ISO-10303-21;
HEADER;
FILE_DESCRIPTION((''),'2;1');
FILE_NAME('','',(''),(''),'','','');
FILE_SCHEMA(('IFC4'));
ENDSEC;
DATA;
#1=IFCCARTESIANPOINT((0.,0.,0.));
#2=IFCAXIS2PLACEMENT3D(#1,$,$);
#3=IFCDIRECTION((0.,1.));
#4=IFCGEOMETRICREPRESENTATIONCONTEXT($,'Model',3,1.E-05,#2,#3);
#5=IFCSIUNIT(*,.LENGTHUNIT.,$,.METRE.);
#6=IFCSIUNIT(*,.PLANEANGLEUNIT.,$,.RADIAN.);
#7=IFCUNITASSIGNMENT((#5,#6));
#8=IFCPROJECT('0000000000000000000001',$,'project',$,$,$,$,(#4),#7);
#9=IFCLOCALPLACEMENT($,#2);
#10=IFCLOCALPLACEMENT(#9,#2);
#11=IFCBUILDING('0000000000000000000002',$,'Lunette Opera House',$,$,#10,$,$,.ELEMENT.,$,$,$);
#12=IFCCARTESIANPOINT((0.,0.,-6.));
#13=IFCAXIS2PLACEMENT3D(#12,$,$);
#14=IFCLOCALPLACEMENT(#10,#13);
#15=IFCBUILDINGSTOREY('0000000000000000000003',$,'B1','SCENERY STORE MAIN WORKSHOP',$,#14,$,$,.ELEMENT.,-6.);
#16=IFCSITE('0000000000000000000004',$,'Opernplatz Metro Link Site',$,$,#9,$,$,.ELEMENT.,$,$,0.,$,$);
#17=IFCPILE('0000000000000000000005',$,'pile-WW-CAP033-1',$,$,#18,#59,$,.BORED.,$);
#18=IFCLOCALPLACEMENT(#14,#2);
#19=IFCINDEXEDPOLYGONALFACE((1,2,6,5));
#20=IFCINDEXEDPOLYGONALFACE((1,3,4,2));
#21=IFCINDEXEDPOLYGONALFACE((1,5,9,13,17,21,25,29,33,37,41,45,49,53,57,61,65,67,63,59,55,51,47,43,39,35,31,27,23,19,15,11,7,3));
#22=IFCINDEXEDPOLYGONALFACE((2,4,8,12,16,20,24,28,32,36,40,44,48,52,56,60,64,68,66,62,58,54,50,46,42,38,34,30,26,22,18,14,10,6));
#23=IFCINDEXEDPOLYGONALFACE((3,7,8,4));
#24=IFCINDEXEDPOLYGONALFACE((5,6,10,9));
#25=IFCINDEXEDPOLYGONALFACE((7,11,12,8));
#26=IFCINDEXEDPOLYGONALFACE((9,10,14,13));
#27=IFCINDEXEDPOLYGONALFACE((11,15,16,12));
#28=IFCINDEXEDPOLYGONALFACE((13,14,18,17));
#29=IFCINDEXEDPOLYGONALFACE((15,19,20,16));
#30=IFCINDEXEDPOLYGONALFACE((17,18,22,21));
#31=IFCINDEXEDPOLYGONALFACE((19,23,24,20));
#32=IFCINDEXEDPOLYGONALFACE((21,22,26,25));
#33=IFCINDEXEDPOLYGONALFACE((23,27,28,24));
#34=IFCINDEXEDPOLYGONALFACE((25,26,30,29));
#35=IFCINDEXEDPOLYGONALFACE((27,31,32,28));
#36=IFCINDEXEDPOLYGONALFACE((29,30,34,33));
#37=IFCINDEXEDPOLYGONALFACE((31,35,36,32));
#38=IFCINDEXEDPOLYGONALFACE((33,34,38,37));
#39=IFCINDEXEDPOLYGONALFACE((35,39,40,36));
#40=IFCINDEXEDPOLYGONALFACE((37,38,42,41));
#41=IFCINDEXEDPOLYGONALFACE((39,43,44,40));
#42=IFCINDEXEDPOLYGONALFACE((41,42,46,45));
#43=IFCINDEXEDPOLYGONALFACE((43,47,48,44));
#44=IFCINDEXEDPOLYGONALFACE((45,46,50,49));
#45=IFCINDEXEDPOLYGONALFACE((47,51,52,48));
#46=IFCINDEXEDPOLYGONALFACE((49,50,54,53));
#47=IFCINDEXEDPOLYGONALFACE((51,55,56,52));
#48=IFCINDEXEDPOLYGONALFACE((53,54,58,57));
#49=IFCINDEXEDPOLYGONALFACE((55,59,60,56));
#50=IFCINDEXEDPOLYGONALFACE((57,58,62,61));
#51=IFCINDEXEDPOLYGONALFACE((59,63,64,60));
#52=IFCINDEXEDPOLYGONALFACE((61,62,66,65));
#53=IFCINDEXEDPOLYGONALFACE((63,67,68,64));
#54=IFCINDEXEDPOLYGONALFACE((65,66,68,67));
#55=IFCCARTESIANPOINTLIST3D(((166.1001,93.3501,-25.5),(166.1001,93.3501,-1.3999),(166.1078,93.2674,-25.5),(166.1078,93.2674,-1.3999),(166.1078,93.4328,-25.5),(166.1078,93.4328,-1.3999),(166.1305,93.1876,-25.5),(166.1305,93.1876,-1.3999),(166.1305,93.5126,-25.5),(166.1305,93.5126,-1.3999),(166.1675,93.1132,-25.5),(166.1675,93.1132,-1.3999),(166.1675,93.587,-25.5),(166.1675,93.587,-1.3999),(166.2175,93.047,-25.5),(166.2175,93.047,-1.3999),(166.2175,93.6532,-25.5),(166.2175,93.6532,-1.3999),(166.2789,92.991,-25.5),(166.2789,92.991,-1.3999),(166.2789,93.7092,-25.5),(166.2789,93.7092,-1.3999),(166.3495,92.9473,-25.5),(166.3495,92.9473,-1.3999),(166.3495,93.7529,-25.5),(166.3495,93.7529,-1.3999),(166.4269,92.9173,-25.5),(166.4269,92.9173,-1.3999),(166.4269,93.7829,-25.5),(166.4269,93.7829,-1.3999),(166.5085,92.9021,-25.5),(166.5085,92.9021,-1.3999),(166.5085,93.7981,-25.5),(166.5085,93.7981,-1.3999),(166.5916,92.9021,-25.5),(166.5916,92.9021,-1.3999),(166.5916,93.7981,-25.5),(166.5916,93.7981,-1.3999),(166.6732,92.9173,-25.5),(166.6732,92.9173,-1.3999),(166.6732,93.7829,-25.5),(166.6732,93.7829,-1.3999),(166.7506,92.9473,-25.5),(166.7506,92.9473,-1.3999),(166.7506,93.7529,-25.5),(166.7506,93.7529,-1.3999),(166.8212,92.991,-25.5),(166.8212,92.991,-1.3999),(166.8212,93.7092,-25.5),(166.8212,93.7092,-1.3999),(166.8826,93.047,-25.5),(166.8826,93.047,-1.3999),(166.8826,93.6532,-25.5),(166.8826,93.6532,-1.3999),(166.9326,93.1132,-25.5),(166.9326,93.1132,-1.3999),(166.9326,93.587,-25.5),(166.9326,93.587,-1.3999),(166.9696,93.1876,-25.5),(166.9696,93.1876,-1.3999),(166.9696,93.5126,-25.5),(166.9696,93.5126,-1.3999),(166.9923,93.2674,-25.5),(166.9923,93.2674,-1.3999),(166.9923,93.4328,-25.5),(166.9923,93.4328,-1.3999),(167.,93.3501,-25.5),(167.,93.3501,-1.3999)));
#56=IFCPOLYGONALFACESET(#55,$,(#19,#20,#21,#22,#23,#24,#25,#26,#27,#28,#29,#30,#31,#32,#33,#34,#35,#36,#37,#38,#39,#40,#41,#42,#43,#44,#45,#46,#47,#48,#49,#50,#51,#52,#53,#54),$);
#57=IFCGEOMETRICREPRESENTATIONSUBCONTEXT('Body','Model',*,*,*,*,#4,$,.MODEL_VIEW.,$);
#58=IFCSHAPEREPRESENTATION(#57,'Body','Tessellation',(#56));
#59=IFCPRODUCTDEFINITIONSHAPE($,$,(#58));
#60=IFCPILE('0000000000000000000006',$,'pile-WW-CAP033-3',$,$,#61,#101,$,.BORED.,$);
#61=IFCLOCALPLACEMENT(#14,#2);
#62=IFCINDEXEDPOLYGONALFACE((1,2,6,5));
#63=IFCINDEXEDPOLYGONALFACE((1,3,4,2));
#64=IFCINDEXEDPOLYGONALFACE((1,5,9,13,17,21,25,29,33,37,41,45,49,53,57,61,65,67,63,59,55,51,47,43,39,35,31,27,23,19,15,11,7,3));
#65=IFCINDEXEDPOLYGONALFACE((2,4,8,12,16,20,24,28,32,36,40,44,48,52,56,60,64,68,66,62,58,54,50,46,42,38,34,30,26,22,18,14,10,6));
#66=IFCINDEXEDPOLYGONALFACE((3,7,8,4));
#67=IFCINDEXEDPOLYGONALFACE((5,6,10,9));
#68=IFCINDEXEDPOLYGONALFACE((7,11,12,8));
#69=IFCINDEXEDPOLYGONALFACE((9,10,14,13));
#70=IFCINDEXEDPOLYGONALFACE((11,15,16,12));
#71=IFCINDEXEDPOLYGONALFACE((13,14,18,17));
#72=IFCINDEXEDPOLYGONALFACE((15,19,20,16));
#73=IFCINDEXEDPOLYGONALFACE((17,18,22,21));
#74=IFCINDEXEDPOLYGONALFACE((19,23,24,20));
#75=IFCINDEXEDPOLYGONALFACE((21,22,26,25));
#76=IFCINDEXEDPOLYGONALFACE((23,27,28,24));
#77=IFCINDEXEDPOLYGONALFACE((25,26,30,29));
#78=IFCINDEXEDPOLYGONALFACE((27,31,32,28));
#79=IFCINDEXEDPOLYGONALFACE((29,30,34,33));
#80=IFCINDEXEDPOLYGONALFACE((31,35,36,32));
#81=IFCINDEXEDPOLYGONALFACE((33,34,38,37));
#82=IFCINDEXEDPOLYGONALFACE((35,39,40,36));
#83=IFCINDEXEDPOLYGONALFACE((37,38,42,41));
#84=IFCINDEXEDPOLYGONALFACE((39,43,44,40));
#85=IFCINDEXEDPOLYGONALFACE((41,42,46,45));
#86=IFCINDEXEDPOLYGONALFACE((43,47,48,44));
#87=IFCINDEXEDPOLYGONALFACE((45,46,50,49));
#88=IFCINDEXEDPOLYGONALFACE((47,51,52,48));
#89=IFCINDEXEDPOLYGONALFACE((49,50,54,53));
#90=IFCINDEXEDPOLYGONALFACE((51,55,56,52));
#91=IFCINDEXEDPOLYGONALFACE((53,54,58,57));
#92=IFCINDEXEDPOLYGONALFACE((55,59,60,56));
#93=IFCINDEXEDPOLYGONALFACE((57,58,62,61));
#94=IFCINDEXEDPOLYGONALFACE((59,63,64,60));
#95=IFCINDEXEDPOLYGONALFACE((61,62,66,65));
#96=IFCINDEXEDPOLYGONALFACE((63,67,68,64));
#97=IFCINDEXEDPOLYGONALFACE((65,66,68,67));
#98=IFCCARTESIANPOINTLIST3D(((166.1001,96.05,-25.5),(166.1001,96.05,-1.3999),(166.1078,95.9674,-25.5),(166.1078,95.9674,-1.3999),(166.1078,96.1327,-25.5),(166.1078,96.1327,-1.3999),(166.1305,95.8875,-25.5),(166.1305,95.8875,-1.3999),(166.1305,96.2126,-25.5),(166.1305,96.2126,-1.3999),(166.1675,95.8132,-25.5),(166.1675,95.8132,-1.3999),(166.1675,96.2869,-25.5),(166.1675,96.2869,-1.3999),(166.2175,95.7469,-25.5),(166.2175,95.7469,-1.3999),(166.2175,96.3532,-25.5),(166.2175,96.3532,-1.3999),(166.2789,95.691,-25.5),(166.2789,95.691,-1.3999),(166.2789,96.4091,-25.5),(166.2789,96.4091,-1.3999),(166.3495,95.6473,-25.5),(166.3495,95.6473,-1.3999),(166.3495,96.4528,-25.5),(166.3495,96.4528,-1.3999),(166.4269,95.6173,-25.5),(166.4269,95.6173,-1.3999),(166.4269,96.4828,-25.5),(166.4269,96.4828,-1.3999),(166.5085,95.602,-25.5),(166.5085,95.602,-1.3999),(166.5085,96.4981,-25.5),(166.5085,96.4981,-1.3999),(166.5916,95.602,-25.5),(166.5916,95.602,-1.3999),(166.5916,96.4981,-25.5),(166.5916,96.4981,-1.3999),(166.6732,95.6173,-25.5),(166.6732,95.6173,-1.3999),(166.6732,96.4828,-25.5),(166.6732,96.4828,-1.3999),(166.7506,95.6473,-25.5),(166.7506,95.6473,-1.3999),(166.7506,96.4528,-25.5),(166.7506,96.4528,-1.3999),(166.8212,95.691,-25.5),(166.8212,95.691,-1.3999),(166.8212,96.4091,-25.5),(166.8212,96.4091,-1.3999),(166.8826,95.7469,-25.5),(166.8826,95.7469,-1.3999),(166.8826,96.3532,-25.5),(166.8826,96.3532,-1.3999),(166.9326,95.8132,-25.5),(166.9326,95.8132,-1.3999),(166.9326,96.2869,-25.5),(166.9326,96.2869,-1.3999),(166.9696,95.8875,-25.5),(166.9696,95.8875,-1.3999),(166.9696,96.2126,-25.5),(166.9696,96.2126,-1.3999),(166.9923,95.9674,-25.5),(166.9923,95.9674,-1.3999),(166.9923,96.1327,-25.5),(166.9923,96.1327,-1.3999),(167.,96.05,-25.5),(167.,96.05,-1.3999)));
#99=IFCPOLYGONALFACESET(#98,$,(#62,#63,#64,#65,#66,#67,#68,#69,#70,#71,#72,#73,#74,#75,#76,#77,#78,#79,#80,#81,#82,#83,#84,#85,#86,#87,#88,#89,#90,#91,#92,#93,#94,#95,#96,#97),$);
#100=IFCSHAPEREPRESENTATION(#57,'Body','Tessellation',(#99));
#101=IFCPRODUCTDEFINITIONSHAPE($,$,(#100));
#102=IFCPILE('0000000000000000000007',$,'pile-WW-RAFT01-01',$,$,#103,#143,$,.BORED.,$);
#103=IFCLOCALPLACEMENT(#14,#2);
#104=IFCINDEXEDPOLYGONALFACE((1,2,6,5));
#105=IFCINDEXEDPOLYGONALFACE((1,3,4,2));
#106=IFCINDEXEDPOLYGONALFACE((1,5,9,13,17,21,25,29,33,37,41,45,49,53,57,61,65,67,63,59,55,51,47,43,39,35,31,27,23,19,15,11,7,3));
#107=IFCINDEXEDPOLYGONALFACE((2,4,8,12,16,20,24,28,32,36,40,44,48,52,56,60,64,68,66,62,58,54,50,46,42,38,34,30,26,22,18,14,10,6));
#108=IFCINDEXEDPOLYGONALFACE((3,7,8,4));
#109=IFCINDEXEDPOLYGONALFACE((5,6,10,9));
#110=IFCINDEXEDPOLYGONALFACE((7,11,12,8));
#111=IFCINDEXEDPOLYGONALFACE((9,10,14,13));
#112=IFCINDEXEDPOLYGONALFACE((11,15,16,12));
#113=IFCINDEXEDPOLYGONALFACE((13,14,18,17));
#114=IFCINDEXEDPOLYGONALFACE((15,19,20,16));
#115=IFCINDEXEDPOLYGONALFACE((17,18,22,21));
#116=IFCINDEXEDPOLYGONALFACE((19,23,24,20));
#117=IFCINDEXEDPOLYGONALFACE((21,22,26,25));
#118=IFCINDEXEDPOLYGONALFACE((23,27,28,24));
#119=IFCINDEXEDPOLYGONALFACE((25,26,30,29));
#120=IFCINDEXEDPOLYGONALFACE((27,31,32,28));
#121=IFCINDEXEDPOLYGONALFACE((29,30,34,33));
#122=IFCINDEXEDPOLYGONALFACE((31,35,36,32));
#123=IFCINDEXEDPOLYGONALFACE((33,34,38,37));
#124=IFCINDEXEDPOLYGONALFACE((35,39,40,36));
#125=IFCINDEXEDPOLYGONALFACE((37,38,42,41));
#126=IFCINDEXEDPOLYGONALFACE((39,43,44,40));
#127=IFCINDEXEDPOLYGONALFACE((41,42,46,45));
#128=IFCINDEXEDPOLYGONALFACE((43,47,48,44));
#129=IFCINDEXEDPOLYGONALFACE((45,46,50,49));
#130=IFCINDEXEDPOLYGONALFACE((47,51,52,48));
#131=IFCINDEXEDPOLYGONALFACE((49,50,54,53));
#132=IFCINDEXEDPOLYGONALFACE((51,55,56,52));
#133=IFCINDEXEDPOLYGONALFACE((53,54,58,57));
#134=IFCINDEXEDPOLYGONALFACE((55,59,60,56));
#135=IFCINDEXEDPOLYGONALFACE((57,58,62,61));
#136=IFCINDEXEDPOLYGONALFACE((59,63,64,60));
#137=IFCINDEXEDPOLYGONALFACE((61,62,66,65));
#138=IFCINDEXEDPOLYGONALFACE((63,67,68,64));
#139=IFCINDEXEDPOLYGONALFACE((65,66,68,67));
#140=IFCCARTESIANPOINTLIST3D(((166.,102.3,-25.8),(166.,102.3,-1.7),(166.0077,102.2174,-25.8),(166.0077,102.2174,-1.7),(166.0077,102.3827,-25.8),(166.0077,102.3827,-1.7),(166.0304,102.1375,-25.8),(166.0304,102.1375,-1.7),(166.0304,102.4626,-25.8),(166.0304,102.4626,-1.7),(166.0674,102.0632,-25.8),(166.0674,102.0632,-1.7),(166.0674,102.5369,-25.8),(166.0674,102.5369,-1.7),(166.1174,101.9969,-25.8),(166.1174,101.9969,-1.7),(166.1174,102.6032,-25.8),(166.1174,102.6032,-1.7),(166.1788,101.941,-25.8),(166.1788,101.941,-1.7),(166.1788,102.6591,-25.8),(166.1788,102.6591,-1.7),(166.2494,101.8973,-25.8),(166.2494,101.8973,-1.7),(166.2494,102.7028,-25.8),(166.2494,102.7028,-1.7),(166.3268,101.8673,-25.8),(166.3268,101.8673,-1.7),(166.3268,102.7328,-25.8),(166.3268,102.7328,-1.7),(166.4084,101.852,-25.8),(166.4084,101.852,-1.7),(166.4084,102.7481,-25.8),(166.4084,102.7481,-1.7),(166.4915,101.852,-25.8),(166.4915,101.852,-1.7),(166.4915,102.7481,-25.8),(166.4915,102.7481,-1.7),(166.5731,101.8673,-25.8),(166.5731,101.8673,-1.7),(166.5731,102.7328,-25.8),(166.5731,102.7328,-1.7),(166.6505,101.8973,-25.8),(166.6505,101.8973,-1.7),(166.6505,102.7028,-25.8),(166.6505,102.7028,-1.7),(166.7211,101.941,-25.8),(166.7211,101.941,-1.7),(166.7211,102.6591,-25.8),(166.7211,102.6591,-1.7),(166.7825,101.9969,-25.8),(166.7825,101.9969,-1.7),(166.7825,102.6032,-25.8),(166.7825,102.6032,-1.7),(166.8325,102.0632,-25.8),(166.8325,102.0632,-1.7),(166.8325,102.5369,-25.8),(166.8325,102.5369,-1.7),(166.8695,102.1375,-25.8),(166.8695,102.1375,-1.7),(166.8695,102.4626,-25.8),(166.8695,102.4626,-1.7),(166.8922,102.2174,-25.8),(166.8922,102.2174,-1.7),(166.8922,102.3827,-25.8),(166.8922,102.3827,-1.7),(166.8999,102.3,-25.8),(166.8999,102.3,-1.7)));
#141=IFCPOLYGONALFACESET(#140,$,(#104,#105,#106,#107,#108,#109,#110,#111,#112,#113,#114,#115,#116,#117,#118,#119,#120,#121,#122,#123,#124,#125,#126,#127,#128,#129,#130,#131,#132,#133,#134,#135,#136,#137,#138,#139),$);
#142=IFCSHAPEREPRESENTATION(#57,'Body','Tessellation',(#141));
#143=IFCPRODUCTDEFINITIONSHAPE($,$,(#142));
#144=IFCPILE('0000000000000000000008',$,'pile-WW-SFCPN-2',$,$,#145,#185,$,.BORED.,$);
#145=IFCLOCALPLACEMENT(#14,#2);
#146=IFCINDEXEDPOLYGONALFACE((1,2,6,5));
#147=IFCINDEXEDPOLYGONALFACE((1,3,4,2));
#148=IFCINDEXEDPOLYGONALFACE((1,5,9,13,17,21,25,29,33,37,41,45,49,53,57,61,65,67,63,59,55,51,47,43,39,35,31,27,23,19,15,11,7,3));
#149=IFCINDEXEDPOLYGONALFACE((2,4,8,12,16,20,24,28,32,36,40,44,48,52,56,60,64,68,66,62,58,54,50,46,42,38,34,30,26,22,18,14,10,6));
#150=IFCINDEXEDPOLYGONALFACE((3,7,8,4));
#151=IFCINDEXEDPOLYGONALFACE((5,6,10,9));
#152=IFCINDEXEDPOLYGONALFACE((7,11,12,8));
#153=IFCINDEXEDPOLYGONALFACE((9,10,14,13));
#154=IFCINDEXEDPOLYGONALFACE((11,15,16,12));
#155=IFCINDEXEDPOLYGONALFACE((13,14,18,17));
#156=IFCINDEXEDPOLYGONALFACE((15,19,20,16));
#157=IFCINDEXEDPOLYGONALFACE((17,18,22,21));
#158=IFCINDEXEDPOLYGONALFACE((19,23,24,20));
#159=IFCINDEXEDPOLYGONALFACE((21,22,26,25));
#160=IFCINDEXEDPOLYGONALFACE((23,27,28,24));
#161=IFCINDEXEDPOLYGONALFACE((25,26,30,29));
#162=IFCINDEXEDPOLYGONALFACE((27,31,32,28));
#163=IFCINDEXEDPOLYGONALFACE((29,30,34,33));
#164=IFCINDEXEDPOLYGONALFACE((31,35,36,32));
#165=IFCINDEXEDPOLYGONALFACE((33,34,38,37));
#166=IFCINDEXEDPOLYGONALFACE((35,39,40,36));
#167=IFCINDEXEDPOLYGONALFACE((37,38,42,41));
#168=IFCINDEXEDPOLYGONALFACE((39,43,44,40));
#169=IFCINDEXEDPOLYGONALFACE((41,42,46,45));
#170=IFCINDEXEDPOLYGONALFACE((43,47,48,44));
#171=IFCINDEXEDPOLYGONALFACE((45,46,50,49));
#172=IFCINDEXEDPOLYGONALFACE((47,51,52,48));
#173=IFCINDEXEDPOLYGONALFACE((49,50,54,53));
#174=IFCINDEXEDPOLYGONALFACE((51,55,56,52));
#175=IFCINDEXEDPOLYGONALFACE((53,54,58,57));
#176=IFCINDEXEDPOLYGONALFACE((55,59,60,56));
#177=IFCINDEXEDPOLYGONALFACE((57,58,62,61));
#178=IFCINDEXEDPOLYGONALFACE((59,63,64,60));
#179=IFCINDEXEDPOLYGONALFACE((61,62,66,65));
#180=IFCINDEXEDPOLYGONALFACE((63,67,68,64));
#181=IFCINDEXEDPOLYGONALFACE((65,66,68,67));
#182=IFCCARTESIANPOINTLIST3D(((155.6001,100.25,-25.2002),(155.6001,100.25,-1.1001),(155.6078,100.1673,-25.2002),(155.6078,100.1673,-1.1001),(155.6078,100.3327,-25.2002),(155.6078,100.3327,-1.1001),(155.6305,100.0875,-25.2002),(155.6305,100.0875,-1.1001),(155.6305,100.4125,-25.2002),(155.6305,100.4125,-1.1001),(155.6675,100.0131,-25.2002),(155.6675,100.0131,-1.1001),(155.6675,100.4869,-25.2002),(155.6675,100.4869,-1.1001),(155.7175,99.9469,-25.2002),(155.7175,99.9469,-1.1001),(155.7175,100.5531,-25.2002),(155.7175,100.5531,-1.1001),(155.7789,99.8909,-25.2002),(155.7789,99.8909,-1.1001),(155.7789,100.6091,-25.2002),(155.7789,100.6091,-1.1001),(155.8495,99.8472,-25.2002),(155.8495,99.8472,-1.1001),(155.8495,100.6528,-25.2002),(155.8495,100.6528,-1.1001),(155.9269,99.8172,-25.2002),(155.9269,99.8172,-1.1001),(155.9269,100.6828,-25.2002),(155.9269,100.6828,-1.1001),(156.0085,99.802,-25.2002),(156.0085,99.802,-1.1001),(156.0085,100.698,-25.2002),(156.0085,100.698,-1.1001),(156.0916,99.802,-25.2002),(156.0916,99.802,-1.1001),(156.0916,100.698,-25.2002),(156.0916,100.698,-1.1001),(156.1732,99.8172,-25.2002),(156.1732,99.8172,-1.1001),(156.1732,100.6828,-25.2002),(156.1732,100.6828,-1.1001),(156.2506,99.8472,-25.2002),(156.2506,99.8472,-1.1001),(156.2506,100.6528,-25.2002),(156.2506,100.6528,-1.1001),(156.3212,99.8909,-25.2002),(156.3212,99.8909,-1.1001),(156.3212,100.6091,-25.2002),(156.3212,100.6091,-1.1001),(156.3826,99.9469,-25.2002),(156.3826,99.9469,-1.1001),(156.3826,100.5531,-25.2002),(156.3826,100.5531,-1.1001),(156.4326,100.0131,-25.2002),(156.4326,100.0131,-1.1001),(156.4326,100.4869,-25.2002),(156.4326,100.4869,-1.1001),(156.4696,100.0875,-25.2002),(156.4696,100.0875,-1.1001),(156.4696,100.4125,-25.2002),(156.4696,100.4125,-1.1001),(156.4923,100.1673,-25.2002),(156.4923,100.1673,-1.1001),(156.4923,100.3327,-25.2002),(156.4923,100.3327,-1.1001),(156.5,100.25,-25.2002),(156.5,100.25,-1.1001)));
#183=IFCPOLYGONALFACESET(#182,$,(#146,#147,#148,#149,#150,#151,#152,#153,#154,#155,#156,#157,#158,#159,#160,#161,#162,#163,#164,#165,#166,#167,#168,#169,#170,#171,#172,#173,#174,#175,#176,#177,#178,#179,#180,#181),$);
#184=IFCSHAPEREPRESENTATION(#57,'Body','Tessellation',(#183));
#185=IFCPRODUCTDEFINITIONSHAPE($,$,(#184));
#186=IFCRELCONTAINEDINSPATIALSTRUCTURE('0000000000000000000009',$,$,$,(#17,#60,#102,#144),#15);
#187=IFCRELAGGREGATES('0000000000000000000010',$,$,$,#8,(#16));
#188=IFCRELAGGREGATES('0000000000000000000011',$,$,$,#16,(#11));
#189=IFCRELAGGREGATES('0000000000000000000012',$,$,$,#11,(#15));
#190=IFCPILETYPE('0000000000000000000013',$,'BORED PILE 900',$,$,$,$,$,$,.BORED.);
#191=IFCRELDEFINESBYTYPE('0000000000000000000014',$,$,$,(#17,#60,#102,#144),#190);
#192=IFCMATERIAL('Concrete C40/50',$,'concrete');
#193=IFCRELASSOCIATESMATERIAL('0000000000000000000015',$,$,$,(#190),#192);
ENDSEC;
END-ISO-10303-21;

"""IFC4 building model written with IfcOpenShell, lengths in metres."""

from ifc_helpers import new_model, si_unit, direction, frame, origin, origin_2d, place, context, subcontext, project, spatial, circle, extrude, material, material_profile, profile_set, type_object, element, save


model = new_model("IFC4")

# Units and contexts
model_context = context("Model", 3, precision=1e-05, world=origin(), true_north=direction((0.0, 1.0)))
body_context = subcontext(model_context, "Body", "Model", "MODEL_VIEW")
ifc_project = project(units=[si_unit("LENGTHUNIT", "METRE"), si_unit("PLANEANGLEUNIT", "RADIAN")], contexts=[model_context])

# Site, building, storey
site_placement = place(None, origin())
site = spatial("IfcSite", under=ifc_project, at=site_placement, Name="Opernplatz Metro Link Site", CompositionType="ELEMENT", RefElevation=0.0)
building_placement = place(site_placement, origin())
building = spatial("IfcBuilding", under=site, at=building_placement, Name="Lunette Opera House", CompositionType="ELEMENT")
storey_placement = place(building_placement, frame((0.0, 0.0, -6.0)))
storey = spatial("IfcBuildingStorey", under=building, at=storey_placement, Name="B1", Description="SCENERY STORE MAIN WORKSHOP", CompositionType="ELEMENT", Elevation=-6.0)

# Piles
ifc_material_1 = material(Name="Concrete C40/50", Category="concrete")
ifc_material_profile_1 = material_profile(ifc_material_1, circle(Radius=0.45, at=origin_2d()), Name="BORED PILE 900")
ifc_profile_set_1 = profile_set([ifc_material_profile_1], Name="Concrete C40/50")
pile_type = type_object("IfcPileType", Name="BORED PILE 900", PredefinedType="BORED", material=ifc_profile_set_1)
for number, where, z_axis, x_axis, name in (
    (1, (166.55, 93.3501, -1.3999), (0.0, 0.0, -1.0), (1.0, 0.0, 0.0), "pile-WW-CAP033-1"),
    (2, (166.55, 96.05, -1.3999), (0.0, 0.0, -1.0), (1.0, 0.0, 0.0), "pile-WW-CAP033-3"),
    (3, (166.45, 102.3, -1.7), (0.0, 0.0, -1.0), (1.0, 0.0, 0.0), "pile-WW-RAFT01-01"),
    (4, (156.05, 100.25, -1.1001), (0.0, 0.0, -1.0), (1.0, 0.0, 0.0), "pile-WW-SFCPN-2"),
):
    element("IfcPile", number, at=place(storey_placement, frame(where, z_axis=z_axis, x_axis=x_axis)), inside=storey, type_object=pile_type, Name=name, PredefinedType="BORED", context=body_context, shape_type="SweptSolid", body=[
        extrude(circle(Radius=0.45, at=origin_2d()), origin(), (0.0, 0.0, 1.0), 24.1001),
    ])

save(model, "model.ifc")
